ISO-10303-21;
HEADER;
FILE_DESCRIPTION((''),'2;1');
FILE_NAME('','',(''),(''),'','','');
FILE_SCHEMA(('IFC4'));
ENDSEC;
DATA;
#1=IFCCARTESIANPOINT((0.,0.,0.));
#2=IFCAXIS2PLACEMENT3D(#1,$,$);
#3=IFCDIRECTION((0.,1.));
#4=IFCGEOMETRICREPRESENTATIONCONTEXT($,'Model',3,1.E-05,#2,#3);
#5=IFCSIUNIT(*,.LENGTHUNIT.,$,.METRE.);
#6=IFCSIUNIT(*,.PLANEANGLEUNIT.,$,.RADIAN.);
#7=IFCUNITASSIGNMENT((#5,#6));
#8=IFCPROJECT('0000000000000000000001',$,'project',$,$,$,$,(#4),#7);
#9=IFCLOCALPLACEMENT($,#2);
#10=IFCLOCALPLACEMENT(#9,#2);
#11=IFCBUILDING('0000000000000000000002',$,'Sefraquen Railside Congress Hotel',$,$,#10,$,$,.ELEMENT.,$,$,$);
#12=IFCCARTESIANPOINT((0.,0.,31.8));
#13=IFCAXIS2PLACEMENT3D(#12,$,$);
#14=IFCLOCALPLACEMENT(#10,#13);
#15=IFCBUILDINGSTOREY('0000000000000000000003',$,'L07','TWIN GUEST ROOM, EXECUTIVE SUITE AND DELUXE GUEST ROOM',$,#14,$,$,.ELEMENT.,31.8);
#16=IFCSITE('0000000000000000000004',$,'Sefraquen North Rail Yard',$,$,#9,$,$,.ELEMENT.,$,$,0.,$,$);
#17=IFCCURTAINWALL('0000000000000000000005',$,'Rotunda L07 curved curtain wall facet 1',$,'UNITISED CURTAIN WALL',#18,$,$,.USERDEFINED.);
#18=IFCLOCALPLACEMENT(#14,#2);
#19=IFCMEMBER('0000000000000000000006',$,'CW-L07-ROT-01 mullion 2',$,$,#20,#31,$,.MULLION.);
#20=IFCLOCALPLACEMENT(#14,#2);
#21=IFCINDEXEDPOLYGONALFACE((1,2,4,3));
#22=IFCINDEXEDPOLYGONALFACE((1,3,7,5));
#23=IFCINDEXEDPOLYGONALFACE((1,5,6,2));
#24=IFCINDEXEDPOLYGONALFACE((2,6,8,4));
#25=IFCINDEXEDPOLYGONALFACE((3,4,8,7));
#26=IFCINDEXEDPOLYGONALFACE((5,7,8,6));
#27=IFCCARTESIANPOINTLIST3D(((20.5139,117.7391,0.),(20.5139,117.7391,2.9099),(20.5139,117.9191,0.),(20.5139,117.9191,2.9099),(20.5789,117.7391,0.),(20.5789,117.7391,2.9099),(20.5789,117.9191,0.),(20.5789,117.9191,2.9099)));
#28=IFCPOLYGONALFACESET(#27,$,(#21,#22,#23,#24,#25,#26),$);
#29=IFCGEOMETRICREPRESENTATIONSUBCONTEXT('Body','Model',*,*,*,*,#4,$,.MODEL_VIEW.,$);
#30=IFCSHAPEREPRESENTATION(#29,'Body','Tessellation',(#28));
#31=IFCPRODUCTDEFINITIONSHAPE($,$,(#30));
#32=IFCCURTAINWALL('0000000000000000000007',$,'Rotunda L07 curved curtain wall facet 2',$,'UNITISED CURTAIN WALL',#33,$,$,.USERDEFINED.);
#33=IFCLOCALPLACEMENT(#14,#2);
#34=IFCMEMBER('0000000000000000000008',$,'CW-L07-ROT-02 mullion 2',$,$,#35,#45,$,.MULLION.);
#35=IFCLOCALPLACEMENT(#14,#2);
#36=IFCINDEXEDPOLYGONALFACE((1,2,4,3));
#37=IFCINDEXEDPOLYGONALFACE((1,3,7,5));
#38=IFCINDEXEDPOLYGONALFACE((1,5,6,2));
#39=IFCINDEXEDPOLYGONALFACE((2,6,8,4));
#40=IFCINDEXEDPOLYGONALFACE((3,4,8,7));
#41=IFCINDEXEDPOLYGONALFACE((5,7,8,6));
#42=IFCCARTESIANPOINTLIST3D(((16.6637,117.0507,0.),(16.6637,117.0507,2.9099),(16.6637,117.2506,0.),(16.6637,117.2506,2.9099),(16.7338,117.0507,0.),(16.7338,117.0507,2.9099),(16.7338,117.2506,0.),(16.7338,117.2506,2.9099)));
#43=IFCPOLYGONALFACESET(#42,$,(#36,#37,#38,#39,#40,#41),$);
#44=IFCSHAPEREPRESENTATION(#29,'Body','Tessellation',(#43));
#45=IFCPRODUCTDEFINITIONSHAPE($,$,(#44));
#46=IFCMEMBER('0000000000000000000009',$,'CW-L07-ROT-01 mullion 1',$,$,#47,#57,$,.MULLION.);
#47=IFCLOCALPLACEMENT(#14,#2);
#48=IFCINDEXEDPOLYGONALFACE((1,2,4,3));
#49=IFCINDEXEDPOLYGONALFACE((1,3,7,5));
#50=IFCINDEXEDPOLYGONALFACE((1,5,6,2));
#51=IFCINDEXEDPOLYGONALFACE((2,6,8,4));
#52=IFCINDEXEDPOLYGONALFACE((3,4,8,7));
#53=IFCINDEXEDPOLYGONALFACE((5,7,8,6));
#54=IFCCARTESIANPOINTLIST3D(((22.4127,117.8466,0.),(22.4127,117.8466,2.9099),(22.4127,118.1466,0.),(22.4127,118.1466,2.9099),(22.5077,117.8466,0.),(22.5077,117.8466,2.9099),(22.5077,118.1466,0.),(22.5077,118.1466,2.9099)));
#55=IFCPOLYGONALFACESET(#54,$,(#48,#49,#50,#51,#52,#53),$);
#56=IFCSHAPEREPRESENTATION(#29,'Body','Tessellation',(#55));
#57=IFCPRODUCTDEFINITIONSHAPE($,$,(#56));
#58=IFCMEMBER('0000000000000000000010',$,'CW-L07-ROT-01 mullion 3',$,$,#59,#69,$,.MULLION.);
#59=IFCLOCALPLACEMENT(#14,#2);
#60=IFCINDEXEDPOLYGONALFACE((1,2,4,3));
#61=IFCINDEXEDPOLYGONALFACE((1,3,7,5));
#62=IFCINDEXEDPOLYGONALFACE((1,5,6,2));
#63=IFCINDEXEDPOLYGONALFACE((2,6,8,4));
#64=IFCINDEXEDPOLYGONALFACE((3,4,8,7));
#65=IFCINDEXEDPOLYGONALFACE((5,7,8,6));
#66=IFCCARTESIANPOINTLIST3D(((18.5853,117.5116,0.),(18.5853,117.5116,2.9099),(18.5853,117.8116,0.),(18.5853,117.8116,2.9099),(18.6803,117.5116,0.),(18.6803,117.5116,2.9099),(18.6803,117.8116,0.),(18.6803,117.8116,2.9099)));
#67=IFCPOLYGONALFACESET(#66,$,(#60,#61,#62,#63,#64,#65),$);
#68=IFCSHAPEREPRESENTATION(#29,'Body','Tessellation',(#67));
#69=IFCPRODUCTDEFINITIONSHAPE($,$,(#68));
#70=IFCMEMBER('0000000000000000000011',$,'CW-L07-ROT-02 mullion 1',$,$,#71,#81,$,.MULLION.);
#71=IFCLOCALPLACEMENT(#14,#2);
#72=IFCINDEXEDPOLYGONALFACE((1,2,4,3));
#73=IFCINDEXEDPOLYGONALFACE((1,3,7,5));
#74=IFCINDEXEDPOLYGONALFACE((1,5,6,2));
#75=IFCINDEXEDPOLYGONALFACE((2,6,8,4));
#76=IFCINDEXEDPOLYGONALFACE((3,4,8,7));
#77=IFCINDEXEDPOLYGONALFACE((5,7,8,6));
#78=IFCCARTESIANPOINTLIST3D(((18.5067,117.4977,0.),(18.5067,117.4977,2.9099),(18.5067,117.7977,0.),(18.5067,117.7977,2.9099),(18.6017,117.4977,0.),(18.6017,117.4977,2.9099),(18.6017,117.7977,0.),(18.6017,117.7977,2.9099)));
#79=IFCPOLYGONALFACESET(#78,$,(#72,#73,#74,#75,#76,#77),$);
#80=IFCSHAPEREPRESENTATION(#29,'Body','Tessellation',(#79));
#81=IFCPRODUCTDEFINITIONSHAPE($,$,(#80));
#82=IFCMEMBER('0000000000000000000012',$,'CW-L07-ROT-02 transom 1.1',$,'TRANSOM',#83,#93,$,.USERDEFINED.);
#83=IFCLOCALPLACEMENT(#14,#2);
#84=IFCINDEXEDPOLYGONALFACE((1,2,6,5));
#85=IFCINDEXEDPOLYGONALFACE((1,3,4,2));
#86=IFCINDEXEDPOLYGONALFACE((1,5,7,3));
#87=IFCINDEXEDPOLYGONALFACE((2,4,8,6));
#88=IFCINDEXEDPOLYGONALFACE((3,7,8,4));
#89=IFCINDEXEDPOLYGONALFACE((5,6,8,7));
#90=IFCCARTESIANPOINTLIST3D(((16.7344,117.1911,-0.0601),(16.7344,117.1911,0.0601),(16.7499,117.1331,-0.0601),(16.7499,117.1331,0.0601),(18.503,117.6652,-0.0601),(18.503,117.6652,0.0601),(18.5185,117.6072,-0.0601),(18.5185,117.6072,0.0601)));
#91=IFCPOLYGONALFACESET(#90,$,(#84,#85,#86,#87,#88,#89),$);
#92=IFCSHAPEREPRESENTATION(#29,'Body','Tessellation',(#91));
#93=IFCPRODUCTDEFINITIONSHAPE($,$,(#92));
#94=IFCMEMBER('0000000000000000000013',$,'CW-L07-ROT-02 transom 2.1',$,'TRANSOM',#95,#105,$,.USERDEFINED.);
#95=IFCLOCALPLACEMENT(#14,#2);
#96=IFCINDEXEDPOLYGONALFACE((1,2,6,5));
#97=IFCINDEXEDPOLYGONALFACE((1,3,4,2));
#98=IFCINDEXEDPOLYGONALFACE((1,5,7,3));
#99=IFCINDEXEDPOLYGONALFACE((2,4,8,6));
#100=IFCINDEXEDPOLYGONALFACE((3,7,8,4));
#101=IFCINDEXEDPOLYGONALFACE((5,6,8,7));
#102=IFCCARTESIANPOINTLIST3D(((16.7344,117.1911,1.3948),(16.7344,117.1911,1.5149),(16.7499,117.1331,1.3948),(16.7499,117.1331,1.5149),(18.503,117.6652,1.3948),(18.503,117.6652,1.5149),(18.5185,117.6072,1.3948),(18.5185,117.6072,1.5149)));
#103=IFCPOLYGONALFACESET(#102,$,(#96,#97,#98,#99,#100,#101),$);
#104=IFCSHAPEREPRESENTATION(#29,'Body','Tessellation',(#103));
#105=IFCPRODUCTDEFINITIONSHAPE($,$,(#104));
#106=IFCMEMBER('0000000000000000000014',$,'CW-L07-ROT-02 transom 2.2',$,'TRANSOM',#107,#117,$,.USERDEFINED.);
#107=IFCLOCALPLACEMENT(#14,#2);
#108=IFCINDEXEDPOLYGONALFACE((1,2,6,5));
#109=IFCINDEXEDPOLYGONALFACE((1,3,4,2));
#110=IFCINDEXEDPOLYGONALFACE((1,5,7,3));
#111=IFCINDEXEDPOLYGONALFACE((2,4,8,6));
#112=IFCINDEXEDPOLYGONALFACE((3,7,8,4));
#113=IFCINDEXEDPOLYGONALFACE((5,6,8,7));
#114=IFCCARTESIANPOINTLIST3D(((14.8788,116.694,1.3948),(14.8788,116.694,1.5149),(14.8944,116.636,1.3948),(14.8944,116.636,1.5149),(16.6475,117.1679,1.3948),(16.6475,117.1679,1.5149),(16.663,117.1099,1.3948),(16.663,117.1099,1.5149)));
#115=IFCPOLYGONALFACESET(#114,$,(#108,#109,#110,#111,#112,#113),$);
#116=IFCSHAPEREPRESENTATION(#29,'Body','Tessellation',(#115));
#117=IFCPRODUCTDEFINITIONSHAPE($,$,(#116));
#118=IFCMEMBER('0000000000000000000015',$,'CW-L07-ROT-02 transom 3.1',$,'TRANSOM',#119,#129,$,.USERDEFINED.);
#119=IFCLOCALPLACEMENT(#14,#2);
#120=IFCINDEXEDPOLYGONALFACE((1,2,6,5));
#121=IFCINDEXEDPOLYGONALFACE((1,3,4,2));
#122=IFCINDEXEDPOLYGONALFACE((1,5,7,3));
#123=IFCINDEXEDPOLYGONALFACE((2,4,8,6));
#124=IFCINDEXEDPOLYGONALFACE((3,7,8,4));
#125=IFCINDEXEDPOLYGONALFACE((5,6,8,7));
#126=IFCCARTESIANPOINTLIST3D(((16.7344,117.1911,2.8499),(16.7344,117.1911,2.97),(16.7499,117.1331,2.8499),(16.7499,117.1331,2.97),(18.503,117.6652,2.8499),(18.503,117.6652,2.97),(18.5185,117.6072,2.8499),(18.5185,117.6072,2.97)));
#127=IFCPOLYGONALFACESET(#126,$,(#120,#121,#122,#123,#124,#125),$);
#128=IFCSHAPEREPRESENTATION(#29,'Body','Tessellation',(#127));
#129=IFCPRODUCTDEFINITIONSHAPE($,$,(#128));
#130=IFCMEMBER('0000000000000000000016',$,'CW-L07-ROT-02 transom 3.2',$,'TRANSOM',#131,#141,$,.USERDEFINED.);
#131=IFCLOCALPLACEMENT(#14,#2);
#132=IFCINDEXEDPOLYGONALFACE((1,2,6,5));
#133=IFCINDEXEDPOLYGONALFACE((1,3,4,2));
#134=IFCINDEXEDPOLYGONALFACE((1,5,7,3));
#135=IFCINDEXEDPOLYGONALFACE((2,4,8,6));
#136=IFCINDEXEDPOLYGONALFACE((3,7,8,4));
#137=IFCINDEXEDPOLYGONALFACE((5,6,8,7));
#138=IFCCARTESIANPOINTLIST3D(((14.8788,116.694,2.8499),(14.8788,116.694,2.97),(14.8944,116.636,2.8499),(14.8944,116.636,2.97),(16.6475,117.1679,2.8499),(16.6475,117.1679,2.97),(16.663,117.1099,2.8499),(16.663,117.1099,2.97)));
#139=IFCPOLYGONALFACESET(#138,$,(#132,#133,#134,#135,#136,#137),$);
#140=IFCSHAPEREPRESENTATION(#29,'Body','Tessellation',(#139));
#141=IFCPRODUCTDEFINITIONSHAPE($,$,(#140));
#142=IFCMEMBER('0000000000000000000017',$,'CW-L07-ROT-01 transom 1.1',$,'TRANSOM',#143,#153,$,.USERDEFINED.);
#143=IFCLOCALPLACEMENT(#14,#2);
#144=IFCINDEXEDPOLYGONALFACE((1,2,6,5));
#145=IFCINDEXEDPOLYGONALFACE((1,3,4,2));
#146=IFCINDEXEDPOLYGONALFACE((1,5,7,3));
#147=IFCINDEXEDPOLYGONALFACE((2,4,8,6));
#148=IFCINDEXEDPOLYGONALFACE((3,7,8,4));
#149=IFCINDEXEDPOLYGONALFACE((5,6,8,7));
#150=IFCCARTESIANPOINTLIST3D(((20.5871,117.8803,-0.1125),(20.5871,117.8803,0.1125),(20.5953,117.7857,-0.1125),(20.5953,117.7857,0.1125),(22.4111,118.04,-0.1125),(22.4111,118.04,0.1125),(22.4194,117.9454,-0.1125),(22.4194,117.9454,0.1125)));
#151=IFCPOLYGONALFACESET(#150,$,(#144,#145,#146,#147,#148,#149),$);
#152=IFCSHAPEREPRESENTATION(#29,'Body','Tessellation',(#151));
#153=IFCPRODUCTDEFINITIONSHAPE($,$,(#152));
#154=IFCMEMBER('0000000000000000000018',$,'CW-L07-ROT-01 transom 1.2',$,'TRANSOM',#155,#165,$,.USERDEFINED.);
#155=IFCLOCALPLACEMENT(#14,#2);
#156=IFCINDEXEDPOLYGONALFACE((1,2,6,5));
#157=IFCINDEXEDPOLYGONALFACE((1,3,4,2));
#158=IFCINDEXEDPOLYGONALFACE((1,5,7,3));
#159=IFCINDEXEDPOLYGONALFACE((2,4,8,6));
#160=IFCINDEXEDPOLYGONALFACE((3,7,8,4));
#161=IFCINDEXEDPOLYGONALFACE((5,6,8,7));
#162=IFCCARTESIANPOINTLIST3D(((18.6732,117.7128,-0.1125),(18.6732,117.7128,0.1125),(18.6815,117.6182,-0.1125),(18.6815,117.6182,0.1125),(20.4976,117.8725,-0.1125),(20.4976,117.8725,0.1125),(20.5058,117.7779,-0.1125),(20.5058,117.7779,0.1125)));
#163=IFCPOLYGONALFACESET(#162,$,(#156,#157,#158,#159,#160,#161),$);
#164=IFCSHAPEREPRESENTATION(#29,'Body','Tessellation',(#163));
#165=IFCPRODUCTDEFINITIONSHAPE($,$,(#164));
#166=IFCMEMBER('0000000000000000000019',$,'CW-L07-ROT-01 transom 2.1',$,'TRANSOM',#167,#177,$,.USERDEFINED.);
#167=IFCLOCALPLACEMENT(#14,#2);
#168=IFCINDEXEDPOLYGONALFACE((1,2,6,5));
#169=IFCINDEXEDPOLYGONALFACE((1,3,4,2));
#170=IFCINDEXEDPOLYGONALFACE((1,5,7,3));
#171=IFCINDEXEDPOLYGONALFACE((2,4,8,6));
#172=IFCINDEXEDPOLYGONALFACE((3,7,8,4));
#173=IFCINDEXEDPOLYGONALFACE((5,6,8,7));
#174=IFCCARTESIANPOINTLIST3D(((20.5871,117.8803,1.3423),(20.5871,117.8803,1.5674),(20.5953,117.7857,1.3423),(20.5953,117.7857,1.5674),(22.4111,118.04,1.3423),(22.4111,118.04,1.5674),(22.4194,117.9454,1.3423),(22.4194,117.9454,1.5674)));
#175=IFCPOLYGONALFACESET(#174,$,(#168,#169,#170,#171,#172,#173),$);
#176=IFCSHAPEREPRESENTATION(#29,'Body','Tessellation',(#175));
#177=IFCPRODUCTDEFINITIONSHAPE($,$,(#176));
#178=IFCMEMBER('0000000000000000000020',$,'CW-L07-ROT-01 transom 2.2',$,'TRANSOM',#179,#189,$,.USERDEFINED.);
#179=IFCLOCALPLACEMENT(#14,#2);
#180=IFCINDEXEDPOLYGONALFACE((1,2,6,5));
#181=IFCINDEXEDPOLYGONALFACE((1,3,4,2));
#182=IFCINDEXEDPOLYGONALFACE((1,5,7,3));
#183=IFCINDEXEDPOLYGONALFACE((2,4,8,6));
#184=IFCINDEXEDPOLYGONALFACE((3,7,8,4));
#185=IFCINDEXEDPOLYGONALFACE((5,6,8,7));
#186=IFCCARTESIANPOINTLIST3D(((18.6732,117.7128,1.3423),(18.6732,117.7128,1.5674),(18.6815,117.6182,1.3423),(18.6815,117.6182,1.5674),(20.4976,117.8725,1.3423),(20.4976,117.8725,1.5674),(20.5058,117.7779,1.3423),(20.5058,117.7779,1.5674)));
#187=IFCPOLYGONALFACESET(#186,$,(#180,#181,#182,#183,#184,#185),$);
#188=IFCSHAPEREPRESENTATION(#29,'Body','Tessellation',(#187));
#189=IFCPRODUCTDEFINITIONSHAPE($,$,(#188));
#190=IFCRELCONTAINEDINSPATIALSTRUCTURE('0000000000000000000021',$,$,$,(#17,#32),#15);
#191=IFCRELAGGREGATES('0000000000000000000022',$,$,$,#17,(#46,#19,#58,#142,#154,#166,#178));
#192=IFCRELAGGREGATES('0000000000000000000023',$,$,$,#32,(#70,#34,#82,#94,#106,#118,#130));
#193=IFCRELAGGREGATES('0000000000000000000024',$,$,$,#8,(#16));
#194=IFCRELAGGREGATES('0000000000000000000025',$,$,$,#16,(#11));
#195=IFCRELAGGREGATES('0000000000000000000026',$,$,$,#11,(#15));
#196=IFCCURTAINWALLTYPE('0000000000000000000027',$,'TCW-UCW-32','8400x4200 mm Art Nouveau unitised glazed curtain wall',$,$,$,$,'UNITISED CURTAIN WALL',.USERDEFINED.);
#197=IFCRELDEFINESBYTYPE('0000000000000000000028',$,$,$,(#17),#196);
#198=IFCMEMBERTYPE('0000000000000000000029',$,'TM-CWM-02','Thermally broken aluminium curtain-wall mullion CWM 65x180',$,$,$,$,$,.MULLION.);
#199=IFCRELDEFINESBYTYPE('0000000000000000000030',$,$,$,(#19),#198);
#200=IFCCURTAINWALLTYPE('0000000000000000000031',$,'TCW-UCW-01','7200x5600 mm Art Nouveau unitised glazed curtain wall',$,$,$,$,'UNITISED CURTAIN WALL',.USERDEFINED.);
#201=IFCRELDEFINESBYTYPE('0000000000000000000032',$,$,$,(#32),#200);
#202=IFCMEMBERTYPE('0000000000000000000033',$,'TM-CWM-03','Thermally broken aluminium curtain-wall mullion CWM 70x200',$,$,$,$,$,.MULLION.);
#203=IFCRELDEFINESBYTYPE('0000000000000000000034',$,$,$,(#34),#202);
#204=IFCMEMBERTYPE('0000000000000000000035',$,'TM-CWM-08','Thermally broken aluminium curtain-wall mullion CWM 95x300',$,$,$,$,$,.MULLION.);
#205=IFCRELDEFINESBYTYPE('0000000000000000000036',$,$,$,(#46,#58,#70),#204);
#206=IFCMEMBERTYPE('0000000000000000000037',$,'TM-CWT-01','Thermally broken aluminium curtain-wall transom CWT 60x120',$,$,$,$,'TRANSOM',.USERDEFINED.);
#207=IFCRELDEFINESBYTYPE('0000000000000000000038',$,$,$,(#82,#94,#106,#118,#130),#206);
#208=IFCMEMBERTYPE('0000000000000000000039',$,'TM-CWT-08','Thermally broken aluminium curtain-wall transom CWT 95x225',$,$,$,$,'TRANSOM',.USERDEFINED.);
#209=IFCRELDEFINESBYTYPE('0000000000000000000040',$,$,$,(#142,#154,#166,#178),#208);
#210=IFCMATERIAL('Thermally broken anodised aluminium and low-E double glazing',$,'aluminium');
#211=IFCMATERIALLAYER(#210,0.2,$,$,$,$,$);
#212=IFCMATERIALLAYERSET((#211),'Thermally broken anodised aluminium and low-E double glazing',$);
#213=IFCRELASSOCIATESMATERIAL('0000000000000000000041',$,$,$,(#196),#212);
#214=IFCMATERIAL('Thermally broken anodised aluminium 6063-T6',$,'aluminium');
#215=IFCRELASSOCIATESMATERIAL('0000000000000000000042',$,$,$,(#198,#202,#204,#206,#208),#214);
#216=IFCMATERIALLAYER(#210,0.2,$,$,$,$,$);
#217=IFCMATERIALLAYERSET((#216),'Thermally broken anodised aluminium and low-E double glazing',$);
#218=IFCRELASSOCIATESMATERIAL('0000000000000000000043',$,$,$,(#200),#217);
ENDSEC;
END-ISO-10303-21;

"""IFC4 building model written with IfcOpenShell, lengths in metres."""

from ifc_helpers import new_model, si_unit, direction, frame, origin, origin_2d, place, context, subcontext, project, spatial, rectangle, extrude, material, layer, layer_set, material_profile, profile_set, type_object, element, aggregate, save


model = new_model("IFC4")

# Units and contexts
model_context = context("Model", 3, precision=1e-05, world=origin(), true_north=direction((0.0, 1.0)))
body_context = subcontext(model_context, "Body", "Model", "MODEL_VIEW")
ifc_project = project(units=[si_unit("LENGTHUNIT", "METRE"), si_unit("PLANEANGLEUNIT", "RADIAN")], contexts=[model_context])

# Site, building, storey
site_placement = place(None, origin())
site = spatial("IfcSite", under=ifc_project, at=site_placement, Name="Sefraquen North Rail Yard", CompositionType="ELEMENT", RefElevation=0.0)
building_placement = place(site_placement, origin())
building = spatial("IfcBuilding", under=site, at=building_placement, Name="Sefraquen Railside Congress Hotel", CompositionType="ELEMENT")
storey_placement = place(building_placement, frame((0.0, 0.0, 31.8)))
storey = spatial("IfcBuildingStorey", under=building, at=storey_placement, Name="L07", Description="TWIN GUEST ROOM, EXECUTIVE SUITE AND DELUXE GUEST ROOM", CompositionType="ELEMENT", Elevation=31.8)

# Curtain walls, members
ifc_material_1 = material(Name="Thermally broken anodised aluminium and low-E double glazing", Category="aluminium")
ifc_layer_1 = layer(ifc_material_1, 0.2)
ifc_layer_set_1 = layer_set([ifc_layer_1], Name="Thermally broken anodised aluminium and low-E double glazing")
curtain_wall_type_1 = type_object("IfcCurtainWallType", Name="TCW-UCW-32", Description="8400x4200 mm Art Nouveau unitised glazed curtain wall", ElementType="UNITISED CURTAIN WALL", PredefinedType="USERDEFINED", material=ifc_layer_set_1)
curtain_wall_1_placement = place(storey_placement, origin())
curtain_wall_1 = element("IfcCurtainWall", 1, at=curtain_wall_1_placement, inside=storey, type_object=curtain_wall_type_1, Name="Rotunda L07 curved curtain wall facet 1", ObjectType="UNITISED CURTAIN WALL", PredefinedType="USERDEFINED")
ifc_material_2 = material(Name="Thermally broken anodised aluminium 6063-T6", Category="aluminium")
ifc_material_profile_1 = material_profile(ifc_material_2, rectangle(XDim=0.0649, YDim=0.1799, at=origin_2d()), Name="CWM 65x180")
ifc_profile_set_1 = profile_set([ifc_material_profile_1], Name="Thermally broken anodised aluminium 6063-T6")
member_type_1 = type_object("IfcMemberType", Name="TM-CWM-02", Description="Thermally broken aluminium curtain-wall mullion CWM 65x180", PredefinedType="MULLION", material=ifc_profile_set_1)
member_1_placement = place(storey_placement, frame((20.5464, 117.8291, 0.0), z_axis=(0.0, 0.0, 1.0), x_axis=(1.0, 0.0, 0.0)))
member_1 = element("IfcMember", 2, at=member_1_placement, type_object=member_type_1, Name="CW-L07-ROT-01 mullion 2", PredefinedType="MULLION", context=body_context, shape_type="SweptSolid", body=[
    extrude(rectangle(XDim=0.0649, YDim=0.1799, at=origin_2d()), origin(), (0.0, 0.0, 1.0), 2.9099),
])
ifc_layer_2 = layer(ifc_material_1, 0.2)
ifc_layer_set_2 = layer_set([ifc_layer_2], Name="Thermally broken anodised aluminium and low-E double glazing")
curtain_wall_type_2 = type_object("IfcCurtainWallType", Name="TCW-UCW-01", Description="7200x5600 mm Art Nouveau unitised glazed curtain wall", ElementType="UNITISED CURTAIN WALL", PredefinedType="USERDEFINED", material=ifc_layer_set_2)
curtain_wall_2_placement = place(storey_placement, origin())
curtain_wall_2 = element("IfcCurtainWall", 3, at=curtain_wall_2_placement, inside=storey, type_object=curtain_wall_type_2, Name="Rotunda L07 curved curtain wall facet 2", ObjectType="UNITISED CURTAIN WALL", PredefinedType="USERDEFINED")
ifc_material_profile_2 = material_profile(ifc_material_2, rectangle(XDim=0.0701, YDim=0.2, at=origin_2d()), Name="CWM 70x200")
ifc_profile_set_2 = profile_set([ifc_material_profile_2], Name="Thermally broken anodised aluminium 6063-T6")
member_type_2 = type_object("IfcMemberType", Name="TM-CWM-03", Description="Thermally broken aluminium curtain-wall mullion CWM 70x200", PredefinedType="MULLION", material=ifc_profile_set_2)
member_2_placement = place(storey_placement, frame((16.6987, 117.1506, 0.0), z_axis=(0.0, 0.0, 1.0), x_axis=(1.0, 0.0, 0.0)))
member_2 = element("IfcMember", 4, at=member_2_placement, type_object=member_type_2, Name="CW-L07-ROT-02 mullion 2", PredefinedType="MULLION", context=body_context, shape_type="SweptSolid", body=[
    extrude(rectangle(XDim=0.0701, YDim=0.2, at=origin_2d()), origin(), (0.0, 0.0, 1.0), 2.9099),
])

# Members
ifc_material_profile_3 = material_profile(ifc_material_2, rectangle(XDim=0.095, YDim=0.3, at=origin_2d()), Name="CWM 95x300")
ifc_profile_set_3 = profile_set([ifc_material_profile_3], Name="Thermally broken anodised aluminium 6063-T6")
member_type_3 = type_object("IfcMemberType", Name="TM-CWM-08", Description="Thermally broken aluminium curtain-wall mullion CWM 95x300", PredefinedType="MULLION", material=ifc_profile_set_3)
member_3_placement = place(storey_placement, frame((22.4602, 117.9966, 0.0), z_axis=(0.0, 0.0, 1.0), x_axis=(1.0, 0.0, 0.0)))
member_3 = element("IfcMember", 5, at=member_3_placement, type_object=member_type_3, Name="CW-L07-ROT-01 mullion 1", PredefinedType="MULLION", context=body_context, shape_type="SweptSolid", body=[
    extrude(rectangle(XDim=0.095, YDim=0.3, at=origin_2d()), origin(), (0.0, 0.0, 1.0), 2.9099),
])
member_4_placement = place(storey_placement, frame((18.6328, 117.6616, 0.0), z_axis=(0.0, 0.0, 1.0), x_axis=(1.0, 0.0, 0.0)))
member_4 = element("IfcMember", 6, at=member_4_placement, type_object=member_type_3, Name="CW-L07-ROT-01 mullion 3", PredefinedType="MULLION", context=body_context, shape_type="SweptSolid", body=[
    extrude(rectangle(XDim=0.095, YDim=0.3, at=origin_2d()), origin(), (0.0, 0.0, 1.0), 2.9099),
])
member_5_placement = place(storey_placement, frame((18.5542, 117.6477, 0.0), z_axis=(0.0, 0.0, 1.0), x_axis=(1.0, 0.0, 0.0)))
member_5 = element("IfcMember", 7, at=member_5_placement, type_object=member_type_3, Name="CW-L07-ROT-02 mullion 1", PredefinedType="MULLION", context=body_context, shape_type="SweptSolid", body=[
    extrude(rectangle(XDim=0.095, YDim=0.3, at=origin_2d()), origin(), (0.0, 0.0, 1.0), 2.9099),
])
ifc_material_profile_4 = material_profile(ifc_material_2, rectangle(XDim=0.0601, YDim=0.1201, at=origin_2d()), Name="CWT 60x120")
ifc_profile_set_4 = profile_set([ifc_material_profile_4], Name="Thermally broken anodised aluminium 6063-T6")
member_type_4 = type_object("IfcMemberType", Name="TM-CWT-01", Description="Thermally broken aluminium curtain-wall transom CWT 60x120", ElementType="TRANSOM", PredefinedType="USERDEFINED", material=ifc_profile_set_4)
member_6_placement = place(storey_placement, frame((18.5107, 117.6362, 0.0), z_axis=(-0.965893, -0.25894, 0.0), x_axis=(0.25894, -0.965893, 0.0)))
member_6 = element("IfcMember", 8, at=member_6_placement, type_object=member_type_4, Name="CW-L07-ROT-02 transom 1.1", ObjectType="TRANSOM", PredefinedType="USERDEFINED", context=body_context, shape_type="SweptSolid", body=[
    extrude(rectangle(XDim=0.0601, YDim=0.1201, at=origin_2d()), origin(), (0.0, 0.0, 1.0), 1.8311),
])
member_7_placement = place(storey_placement, frame((18.5107, 117.6362, 1.4548), z_axis=(-0.965893, -0.25894, 0.0), x_axis=(0.25894, -0.965893, 0.0)))
member_7 = element("IfcMember", 9, at=member_7_placement, type_object=member_type_4, Name="CW-L07-ROT-02 transom 2.1", ObjectType="TRANSOM", PredefinedType="USERDEFINED", context=body_context, shape_type="SweptSolid", body=[
    extrude(rectangle(XDim=0.0601, YDim=0.1201, at=origin_2d()), origin(), (0.0, 0.0, 1.0), 1.8311),
])
member_8_placement = place(storey_placement, frame((16.6553, 117.1389, 1.4548), z_axis=(-0.965927, -0.258816, 0.0), x_axis=(0.258816, -0.965927, 0.0)))
member_8 = element("IfcMember", 10, at=member_8_placement, type_object=member_type_4, Name="CW-L07-ROT-02 transom 2.2", ObjectType="TRANSOM", PredefinedType="USERDEFINED", context=body_context, shape_type="SweptSolid", body=[
    extrude(rectangle(XDim=0.0601, YDim=0.1201, at=origin_2d()), origin(), (0.0, 0.0, 1.0), 1.8311),
])
member_9_placement = place(storey_placement, frame((18.5107, 117.6362, 2.9099), z_axis=(-0.965893, -0.25894, 0.0), x_axis=(0.25894, -0.965893, 0.0)))
member_9 = element("IfcMember", 11, at=member_9_placement, type_object=member_type_4, Name="CW-L07-ROT-02 transom 3.1", ObjectType="TRANSOM", PredefinedType="USERDEFINED", context=body_context, shape_type="SweptSolid", body=[
    extrude(rectangle(XDim=0.0601, YDim=0.1201, at=origin_2d()), origin(), (0.0, 0.0, 1.0), 1.8311),
])
member_10_placement = place(storey_placement, frame((16.6553, 117.1389, 2.9099), z_axis=(-0.965927, -0.258816, 0.0), x_axis=(0.258816, -0.965927, 0.0)))
member_10 = element("IfcMember", 12, at=member_10_placement, type_object=member_type_4, Name="CW-L07-ROT-02 transom 3.2", ObjectType="TRANSOM", PredefinedType="USERDEFINED", context=body_context, shape_type="SweptSolid", body=[
    extrude(rectangle(XDim=0.0601, YDim=0.1201, at=origin_2d()), origin(), (0.0, 0.0, 1.0), 1.8311),
])
ifc_material_profile_5 = material_profile(ifc_material_2, rectangle(XDim=0.095, YDim=0.2251, at=origin_2d()), Name="CWT 95x225")
ifc_profile_set_5 = profile_set([ifc_material_profile_5], Name="Thermally broken anodised aluminium 6063-T6")
member_type_5 = type_object("IfcMemberType", Name="TM-CWT-08", Description="Thermally broken aluminium curtain-wall transom CWT 95x225", ElementType="TRANSOM", PredefinedType="USERDEFINED", material=ifc_profile_set_5)
member_11_placement = place(storey_placement, frame((22.4153, 117.9927, 0.0), z_axis=(-0.99619, -0.087205, 0.0), x_axis=(0.087205, -0.99619, 0.0)))
member_11 = element("IfcMember", 13, at=member_11_placement, type_object=member_type_5, Name="CW-L07-ROT-01 transom 1.1", ObjectType="TRANSOM", PredefinedType="USERDEFINED", context=body_context, shape_type="SweptSolid", body=[
    extrude(rectangle(XDim=0.095, YDim=0.2251, at=origin_2d()), origin(), (0.0, 0.0, 1.0), 1.8311),
])
member_12_placement = place(storey_placement, frame((20.5017, 117.8252, 0.0), z_axis=(-0.996191, -0.087193, 0.0), x_axis=(0.087193, -0.996191, 0.0)))
member_12 = element("IfcMember", 14, at=member_12_placement, type_object=member_type_5, Name="CW-L07-ROT-01 transom 1.2", ObjectType="TRANSOM", PredefinedType="USERDEFINED", context=body_context, shape_type="SweptSolid", body=[
    extrude(rectangle(XDim=0.095, YDim=0.2251, at=origin_2d()), origin(), (0.0, 0.0, 1.0), 1.8313),
])
member_13_placement = place(storey_placement, frame((22.4153, 117.9927, 1.4548), z_axis=(-0.99619, -0.087205, 0.0), x_axis=(0.087205, -0.99619, 0.0)))
member_13 = element("IfcMember", 15, at=member_13_placement, type_object=member_type_5, Name="CW-L07-ROT-01 transom 2.1", ObjectType="TRANSOM", PredefinedType="USERDEFINED", context=body_context, shape_type="SweptSolid", body=[
    extrude(rectangle(XDim=0.095, YDim=0.2251, at=origin_2d()), origin(), (0.0, 0.0, 1.0), 1.8311),
])
member_14_placement = place(storey_placement, frame((20.5017, 117.8252, 1.4548), z_axis=(-0.996191, -0.087193, 0.0), x_axis=(0.087193, -0.996191, 0.0)))
member_14 = element("IfcMember", 16, at=member_14_placement, type_object=member_type_5, Name="CW-L07-ROT-01 transom 2.2", ObjectType="TRANSOM", PredefinedType="USERDEFINED", context=body_context, shape_type="SweptSolid", body=[
    extrude(rectangle(XDim=0.095, YDim=0.2251, at=origin_2d()), origin(), (0.0, 0.0, 1.0), 1.8313),
])

aggregate(curtain_wall_1, [member_3, member_1, member_4, member_11, member_12, member_13, member_14])
aggregate(curtain_wall_2, [member_5, member_2, member_6, member_7, member_8, member_9, member_10])

save(model, "model.ifc")
